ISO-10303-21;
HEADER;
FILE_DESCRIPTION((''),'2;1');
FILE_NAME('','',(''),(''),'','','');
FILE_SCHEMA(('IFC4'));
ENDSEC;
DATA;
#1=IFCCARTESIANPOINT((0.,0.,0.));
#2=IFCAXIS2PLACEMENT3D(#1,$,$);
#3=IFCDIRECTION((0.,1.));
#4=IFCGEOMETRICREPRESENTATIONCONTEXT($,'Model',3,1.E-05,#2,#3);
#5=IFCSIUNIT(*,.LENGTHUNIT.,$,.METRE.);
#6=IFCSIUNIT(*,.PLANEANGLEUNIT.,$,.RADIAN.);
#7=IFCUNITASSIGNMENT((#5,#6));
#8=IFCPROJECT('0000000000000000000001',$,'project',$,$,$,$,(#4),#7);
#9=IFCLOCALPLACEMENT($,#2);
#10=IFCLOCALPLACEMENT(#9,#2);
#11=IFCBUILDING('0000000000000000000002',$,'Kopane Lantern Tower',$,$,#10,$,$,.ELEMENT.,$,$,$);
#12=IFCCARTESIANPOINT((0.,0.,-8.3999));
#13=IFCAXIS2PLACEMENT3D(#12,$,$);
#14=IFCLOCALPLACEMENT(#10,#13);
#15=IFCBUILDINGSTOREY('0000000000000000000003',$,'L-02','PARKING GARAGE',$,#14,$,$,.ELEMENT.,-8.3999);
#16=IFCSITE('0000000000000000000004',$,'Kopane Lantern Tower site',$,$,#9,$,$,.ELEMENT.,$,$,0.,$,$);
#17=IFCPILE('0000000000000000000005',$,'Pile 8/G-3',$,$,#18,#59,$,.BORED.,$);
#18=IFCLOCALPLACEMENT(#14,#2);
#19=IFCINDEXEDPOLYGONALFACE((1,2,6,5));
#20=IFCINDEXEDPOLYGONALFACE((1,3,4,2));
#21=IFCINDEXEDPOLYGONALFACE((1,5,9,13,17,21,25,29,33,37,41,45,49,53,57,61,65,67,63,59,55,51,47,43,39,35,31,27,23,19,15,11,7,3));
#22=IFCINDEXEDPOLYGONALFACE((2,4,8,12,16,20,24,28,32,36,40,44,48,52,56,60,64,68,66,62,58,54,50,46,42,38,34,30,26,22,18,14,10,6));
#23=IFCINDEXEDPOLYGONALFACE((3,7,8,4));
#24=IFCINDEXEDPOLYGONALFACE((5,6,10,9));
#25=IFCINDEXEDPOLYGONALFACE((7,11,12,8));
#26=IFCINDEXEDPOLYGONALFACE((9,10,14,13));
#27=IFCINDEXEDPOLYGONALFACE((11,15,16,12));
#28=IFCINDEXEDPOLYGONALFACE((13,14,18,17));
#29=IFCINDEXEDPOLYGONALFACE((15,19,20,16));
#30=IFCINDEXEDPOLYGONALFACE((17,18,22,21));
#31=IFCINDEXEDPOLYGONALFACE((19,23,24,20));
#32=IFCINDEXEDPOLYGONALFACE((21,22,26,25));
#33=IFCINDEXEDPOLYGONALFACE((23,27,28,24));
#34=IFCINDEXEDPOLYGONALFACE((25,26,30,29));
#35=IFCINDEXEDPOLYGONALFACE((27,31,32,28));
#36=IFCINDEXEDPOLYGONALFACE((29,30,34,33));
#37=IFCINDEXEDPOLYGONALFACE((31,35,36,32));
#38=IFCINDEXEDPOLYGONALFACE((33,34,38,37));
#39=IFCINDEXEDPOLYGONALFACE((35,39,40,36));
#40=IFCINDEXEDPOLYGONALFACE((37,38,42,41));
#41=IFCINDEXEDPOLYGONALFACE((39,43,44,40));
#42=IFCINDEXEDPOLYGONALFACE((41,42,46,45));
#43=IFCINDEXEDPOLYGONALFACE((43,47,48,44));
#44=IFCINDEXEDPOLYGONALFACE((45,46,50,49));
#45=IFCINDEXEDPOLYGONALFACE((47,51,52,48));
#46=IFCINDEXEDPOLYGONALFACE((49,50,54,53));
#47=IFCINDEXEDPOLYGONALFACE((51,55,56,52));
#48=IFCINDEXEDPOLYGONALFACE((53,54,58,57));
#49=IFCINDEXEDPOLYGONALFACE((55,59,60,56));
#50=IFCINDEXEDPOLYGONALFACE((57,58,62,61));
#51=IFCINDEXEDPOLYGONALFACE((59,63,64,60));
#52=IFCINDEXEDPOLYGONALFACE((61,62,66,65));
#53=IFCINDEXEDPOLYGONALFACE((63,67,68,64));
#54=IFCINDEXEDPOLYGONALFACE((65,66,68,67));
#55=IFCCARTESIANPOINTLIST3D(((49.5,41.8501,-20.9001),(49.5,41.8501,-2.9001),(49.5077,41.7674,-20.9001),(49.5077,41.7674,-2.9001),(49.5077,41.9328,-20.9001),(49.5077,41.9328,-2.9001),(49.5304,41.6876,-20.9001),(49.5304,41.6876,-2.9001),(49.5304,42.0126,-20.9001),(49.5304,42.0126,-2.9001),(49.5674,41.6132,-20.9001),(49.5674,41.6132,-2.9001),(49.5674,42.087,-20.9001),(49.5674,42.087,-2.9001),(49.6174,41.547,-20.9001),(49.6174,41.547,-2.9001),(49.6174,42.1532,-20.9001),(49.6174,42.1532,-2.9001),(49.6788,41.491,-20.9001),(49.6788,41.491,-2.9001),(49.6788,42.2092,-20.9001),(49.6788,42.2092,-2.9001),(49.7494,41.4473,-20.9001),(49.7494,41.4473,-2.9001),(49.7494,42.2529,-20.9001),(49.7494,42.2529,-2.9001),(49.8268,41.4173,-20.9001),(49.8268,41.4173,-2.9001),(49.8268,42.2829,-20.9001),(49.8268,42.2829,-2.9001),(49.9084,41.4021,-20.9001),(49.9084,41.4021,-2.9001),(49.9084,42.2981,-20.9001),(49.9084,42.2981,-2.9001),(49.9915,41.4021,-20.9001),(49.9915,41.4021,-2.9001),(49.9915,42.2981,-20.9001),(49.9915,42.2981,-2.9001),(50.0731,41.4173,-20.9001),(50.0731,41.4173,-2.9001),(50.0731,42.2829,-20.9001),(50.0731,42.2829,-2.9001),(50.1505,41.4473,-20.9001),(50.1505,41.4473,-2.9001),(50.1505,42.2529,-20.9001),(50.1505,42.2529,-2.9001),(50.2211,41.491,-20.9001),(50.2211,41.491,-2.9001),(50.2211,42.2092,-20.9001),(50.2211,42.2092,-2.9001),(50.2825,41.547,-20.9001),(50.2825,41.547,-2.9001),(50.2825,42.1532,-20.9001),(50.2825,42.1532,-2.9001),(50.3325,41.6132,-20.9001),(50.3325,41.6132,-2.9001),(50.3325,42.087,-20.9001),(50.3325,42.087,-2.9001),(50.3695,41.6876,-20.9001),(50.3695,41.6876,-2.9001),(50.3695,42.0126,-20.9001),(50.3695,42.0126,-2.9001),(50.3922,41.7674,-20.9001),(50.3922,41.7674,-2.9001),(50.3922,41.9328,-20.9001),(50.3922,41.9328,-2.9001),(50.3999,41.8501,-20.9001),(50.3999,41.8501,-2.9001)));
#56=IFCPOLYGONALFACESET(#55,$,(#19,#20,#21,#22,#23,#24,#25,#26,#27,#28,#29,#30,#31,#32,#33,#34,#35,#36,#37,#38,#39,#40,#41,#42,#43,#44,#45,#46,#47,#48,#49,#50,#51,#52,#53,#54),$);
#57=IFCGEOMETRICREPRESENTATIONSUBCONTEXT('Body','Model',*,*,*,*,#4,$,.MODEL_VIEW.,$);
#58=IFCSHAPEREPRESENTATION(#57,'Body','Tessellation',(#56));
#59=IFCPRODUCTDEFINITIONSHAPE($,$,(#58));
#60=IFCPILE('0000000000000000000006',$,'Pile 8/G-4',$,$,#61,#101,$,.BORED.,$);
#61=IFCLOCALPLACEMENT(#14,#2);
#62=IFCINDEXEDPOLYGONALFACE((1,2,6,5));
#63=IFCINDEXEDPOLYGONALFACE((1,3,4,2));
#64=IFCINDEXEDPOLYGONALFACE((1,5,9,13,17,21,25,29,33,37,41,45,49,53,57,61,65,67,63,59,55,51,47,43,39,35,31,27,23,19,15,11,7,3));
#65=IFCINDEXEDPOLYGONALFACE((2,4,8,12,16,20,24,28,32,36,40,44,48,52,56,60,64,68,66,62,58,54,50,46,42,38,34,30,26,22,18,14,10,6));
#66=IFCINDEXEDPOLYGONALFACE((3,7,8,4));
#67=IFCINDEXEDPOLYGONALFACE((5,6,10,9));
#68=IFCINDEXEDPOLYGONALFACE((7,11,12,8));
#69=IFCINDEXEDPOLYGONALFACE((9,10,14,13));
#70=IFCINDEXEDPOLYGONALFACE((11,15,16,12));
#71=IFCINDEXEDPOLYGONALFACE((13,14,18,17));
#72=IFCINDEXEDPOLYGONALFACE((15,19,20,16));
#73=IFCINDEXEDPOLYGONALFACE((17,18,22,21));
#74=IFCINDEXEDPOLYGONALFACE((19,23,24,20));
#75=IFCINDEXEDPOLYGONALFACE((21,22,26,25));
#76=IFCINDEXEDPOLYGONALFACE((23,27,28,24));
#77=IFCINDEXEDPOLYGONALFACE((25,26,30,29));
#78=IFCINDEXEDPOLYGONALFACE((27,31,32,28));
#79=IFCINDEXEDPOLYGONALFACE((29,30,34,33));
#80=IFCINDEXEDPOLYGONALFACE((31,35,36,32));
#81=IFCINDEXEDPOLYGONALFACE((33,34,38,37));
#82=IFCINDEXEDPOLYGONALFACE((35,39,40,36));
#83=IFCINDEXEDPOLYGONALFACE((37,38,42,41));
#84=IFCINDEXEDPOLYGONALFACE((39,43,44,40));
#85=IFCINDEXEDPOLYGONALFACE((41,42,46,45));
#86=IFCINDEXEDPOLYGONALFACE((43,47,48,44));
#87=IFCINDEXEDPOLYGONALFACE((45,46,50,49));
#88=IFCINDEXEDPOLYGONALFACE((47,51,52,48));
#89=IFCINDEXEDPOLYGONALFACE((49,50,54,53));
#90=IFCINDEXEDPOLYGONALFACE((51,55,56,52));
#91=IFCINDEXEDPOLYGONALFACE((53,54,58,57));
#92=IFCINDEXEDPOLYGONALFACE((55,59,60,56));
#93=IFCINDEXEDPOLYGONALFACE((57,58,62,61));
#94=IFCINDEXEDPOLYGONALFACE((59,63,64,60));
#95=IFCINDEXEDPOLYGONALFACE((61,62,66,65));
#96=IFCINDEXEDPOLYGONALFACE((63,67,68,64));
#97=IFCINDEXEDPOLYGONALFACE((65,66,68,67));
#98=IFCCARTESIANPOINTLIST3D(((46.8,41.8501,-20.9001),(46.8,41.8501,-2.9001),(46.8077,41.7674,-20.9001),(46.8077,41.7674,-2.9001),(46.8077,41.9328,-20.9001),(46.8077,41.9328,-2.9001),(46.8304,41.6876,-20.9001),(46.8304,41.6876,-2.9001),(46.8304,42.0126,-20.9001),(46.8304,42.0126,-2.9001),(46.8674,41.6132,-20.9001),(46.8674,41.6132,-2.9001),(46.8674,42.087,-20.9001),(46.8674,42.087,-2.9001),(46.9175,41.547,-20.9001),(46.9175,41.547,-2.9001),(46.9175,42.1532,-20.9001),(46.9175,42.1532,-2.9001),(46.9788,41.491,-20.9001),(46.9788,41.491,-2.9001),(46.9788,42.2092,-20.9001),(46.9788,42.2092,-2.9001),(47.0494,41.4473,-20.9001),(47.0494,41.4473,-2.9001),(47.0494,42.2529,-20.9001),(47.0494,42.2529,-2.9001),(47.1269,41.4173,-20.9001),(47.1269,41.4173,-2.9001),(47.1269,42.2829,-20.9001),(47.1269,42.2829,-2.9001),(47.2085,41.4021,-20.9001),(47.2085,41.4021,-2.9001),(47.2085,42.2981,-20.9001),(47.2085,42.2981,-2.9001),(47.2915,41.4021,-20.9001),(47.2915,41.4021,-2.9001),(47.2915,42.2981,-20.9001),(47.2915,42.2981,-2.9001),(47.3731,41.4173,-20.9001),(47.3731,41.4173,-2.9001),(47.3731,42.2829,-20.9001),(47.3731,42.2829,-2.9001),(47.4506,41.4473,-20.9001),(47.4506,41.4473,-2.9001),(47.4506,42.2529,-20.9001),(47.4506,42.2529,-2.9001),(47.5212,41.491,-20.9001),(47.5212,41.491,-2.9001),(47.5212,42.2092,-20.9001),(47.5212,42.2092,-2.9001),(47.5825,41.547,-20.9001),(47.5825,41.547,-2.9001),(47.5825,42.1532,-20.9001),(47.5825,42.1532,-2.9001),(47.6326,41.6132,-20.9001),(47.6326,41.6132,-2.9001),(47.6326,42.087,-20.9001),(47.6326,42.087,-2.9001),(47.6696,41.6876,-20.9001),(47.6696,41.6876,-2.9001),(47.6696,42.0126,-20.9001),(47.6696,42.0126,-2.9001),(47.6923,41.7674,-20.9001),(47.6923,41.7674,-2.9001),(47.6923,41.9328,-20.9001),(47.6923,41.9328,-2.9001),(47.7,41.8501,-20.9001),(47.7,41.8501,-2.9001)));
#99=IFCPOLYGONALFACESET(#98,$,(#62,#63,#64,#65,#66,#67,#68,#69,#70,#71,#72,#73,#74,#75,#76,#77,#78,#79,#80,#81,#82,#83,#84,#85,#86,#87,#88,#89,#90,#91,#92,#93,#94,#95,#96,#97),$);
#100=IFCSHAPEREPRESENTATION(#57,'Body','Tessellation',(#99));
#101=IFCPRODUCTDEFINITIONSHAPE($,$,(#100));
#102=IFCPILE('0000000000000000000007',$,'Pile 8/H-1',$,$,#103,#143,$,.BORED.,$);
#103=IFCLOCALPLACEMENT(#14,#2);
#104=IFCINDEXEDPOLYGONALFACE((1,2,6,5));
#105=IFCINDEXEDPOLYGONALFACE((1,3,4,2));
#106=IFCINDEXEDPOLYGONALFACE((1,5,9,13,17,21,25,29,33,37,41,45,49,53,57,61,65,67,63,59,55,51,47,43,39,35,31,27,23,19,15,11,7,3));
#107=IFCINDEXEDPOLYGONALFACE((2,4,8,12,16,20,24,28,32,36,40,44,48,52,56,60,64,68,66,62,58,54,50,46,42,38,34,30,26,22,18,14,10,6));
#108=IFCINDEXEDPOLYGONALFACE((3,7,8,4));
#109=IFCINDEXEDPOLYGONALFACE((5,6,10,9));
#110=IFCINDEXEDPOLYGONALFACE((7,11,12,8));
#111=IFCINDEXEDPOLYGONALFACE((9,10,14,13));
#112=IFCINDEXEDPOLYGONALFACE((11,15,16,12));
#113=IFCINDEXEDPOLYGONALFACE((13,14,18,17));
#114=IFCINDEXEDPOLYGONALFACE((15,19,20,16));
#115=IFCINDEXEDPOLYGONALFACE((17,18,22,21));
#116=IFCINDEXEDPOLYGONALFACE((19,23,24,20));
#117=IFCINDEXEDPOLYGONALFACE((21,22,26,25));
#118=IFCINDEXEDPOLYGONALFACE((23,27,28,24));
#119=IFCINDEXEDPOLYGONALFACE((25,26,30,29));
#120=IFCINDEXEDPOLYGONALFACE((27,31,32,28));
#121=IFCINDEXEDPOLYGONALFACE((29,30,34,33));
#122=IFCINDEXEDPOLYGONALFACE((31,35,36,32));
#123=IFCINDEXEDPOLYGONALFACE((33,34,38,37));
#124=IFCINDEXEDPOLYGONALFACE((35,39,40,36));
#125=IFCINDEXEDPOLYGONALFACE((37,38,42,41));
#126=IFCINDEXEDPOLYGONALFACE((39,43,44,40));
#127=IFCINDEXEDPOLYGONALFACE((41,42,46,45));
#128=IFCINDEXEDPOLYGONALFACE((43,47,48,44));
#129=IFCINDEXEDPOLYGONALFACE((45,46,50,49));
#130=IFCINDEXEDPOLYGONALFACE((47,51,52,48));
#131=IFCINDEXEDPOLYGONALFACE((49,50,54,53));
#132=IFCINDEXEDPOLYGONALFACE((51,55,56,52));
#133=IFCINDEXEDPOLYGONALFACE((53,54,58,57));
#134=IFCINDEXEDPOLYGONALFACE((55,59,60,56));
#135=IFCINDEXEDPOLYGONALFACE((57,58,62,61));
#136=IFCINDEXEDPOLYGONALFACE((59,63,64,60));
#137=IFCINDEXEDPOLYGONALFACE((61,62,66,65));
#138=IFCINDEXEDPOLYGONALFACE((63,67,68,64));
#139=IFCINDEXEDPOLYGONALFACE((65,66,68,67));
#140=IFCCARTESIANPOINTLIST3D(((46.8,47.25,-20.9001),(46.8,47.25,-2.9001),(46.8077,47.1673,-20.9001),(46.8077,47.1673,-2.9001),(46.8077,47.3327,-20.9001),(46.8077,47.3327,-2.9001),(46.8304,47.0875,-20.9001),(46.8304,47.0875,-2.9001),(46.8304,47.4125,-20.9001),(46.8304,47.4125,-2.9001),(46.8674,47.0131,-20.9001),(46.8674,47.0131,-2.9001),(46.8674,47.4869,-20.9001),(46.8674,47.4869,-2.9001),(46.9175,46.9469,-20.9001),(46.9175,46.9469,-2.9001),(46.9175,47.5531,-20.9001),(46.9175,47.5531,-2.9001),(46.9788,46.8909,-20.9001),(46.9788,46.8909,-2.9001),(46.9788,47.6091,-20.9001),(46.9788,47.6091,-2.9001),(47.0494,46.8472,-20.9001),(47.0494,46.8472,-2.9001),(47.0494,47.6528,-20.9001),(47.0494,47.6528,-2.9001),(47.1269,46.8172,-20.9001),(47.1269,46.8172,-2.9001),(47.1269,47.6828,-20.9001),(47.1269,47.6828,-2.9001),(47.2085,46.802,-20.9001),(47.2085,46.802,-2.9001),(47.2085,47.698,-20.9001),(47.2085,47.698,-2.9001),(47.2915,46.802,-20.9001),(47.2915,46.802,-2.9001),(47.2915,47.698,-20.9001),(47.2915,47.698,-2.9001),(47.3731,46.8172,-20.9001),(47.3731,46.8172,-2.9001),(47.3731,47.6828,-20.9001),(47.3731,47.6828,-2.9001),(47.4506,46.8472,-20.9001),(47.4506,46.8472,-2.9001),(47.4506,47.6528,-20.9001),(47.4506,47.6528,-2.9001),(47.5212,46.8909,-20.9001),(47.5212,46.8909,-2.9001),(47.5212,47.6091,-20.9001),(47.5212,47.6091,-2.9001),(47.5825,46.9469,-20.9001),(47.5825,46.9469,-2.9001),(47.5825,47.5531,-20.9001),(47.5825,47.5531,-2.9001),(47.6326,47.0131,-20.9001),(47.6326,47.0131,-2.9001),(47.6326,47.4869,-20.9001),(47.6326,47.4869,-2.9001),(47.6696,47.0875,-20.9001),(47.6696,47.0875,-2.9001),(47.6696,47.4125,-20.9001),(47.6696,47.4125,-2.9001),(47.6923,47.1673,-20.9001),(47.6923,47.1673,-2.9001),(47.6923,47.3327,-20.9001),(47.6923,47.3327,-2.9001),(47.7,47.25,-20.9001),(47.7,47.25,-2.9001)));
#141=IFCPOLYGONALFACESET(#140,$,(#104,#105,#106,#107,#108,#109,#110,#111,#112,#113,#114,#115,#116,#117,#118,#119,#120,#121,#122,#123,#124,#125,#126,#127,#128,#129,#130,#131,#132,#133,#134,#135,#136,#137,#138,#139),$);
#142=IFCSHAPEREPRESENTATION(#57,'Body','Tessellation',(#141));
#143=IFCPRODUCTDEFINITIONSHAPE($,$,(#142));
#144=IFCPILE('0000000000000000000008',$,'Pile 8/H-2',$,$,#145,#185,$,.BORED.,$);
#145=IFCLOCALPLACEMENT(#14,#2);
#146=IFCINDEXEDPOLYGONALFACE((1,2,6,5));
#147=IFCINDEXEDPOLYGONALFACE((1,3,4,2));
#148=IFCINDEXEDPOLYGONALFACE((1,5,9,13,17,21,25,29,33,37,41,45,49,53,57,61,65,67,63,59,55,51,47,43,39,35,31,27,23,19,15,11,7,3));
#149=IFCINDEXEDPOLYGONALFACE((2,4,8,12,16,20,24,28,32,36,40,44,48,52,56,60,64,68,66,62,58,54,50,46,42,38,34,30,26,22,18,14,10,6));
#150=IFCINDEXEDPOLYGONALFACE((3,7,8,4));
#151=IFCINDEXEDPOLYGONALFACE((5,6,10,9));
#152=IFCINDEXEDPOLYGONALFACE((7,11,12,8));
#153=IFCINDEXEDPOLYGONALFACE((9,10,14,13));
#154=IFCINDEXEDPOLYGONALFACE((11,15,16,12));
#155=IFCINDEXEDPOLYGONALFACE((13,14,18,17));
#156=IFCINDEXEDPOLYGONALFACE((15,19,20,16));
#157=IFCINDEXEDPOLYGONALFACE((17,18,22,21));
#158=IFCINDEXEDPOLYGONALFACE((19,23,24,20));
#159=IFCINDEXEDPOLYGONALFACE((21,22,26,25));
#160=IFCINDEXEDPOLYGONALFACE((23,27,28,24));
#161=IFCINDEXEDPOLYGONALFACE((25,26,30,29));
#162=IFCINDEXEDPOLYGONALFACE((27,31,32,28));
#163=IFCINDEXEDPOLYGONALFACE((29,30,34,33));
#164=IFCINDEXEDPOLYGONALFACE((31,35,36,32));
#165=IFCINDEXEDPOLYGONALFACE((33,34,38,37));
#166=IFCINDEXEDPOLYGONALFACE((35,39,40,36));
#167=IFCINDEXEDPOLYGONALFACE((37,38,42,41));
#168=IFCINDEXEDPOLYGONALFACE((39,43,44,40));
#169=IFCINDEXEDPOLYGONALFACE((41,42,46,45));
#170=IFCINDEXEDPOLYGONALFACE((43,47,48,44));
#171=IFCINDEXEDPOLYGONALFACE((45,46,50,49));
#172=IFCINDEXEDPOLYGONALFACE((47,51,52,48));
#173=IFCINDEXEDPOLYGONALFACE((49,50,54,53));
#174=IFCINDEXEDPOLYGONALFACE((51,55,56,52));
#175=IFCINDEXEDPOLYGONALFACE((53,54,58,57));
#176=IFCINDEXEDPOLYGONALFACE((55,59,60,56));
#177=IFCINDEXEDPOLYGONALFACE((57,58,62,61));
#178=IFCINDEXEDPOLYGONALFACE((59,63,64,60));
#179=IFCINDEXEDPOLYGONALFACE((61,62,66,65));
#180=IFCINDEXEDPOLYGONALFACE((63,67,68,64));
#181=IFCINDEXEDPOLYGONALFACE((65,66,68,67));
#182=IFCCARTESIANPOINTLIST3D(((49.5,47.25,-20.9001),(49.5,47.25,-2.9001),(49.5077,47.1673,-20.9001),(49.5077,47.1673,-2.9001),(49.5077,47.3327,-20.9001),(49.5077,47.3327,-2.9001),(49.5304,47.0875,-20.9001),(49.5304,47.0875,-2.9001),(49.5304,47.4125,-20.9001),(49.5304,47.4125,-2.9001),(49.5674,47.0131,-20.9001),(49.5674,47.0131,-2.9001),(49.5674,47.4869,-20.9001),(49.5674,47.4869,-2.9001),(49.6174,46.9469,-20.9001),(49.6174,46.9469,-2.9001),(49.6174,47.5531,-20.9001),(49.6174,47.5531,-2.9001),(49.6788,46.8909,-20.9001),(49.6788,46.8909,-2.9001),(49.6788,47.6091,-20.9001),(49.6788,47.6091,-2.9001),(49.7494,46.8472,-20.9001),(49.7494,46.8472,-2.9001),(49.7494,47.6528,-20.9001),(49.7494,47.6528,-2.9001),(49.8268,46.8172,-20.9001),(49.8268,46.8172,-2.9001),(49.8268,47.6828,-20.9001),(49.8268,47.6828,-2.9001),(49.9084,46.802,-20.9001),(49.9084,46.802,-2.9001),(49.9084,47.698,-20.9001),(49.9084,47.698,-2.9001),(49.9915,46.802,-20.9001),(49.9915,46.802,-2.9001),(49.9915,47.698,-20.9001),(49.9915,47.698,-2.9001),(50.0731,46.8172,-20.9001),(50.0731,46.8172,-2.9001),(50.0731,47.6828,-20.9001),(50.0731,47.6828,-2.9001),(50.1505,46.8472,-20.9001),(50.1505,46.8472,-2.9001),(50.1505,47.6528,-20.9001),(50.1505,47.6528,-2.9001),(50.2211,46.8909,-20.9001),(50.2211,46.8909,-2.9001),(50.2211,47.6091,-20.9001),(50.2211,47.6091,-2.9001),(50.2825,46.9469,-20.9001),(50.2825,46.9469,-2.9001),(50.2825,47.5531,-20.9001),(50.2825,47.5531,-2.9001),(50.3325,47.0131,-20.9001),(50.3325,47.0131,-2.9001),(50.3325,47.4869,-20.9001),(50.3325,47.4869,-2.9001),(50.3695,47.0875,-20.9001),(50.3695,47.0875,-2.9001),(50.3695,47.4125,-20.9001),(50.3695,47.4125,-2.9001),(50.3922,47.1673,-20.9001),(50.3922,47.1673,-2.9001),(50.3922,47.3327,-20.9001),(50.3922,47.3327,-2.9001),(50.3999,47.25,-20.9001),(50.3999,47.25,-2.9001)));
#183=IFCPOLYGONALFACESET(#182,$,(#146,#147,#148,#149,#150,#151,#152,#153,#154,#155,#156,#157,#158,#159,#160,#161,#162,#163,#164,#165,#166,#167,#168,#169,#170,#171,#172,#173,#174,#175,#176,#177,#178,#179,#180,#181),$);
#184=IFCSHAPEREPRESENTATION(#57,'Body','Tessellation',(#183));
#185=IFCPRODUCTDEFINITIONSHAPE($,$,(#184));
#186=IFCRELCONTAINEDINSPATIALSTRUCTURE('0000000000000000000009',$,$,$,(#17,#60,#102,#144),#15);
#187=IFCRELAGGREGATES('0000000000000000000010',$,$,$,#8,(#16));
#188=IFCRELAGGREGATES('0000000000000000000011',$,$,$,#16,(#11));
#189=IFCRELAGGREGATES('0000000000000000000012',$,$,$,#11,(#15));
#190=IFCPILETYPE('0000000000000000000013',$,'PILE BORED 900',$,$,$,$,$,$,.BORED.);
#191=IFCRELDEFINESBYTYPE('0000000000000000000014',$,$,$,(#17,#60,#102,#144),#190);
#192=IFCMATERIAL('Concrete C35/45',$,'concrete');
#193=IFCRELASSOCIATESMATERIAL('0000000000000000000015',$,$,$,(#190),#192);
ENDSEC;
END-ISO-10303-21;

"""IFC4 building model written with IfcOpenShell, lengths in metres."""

from ifc_helpers import new_model, si_unit, direction, frame, origin, origin_2d, place, context, subcontext, project, spatial, circle, extrude, material, material_profile, profile_set, type_object, element, save


model = new_model("IFC4")

# Units and contexts
model_context = context("Model", 3, precision=1e-05, world=origin(), true_north=direction((0.0, 1.0)))
body_context = subcontext(model_context, "Body", "Model", "MODEL_VIEW")
ifc_project = project(units=[si_unit("LENGTHUNIT", "METRE"), si_unit("PLANEANGLEUNIT", "RADIAN")], contexts=[model_context])

# Site, building, storey
site_placement = place(None, origin())
site = spatial("IfcSite", under=ifc_project, at=site_placement, Name="Kopane Lantern Tower site", CompositionType="ELEMENT", RefElevation=0.0)
building_placement = place(site_placement, origin())
building = spatial("IfcBuilding", under=site, at=building_placement, Name="Kopane Lantern Tower", CompositionType="ELEMENT")
storey_placement = place(building_placement, frame((0.0, 0.0, -8.3999)))
storey = spatial("IfcBuildingStorey", under=building, at=storey_placement, Name="L-02", Description="PARKING GARAGE", CompositionType="ELEMENT", Elevation=-8.3999)

# Piles
ifc_material_1 = material(Name="Concrete C35/45", Category="concrete")
ifc_material_profile_1 = material_profile(ifc_material_1, circle(Radius=0.45, at=origin_2d()), Name="D900")
ifc_profile_set_1 = profile_set([ifc_material_profile_1], Name="Concrete C35/45")
pile_type_1 = type_object("IfcPileType", Name="PILE BORED 900", PredefinedType="BORED", material=ifc_profile_set_1)
for number, where, z_axis, x_axis, name in (
    (1, (49.95, 41.8501, -2.9001), (0.0, 0.0, -1.0), (1.0, 0.0, 0.0), "Pile 8/G-3"),
    (2, (47.25, 41.8501, -2.9001), (0.0, 0.0, -1.0), (1.0, 0.0, 0.0), "Pile 8/G-4"),
    (3, (47.25, 47.25, -2.9001), (0.0, 0.0, -1.0), (1.0, 0.0, 0.0), "Pile 8/H-1"),
    (4, (49.95, 47.25, -2.9001), (0.0, 0.0, -1.0), (1.0, 0.0, 0.0), "Pile 8/H-2"),
):
    element("IfcPile", number, at=place(storey_placement, frame(where, z_axis=z_axis, x_axis=x_axis)), inside=storey, type_object=pile_type_1, Name=name, PredefinedType="BORED", context=body_context, shape_type="SweptSolid", body=[
        extrude(circle(Radius=0.45, at=origin_2d()), origin(), (0.0, 0.0, 1.0), 18.0),
    ])

save(model, "model.ifc")
